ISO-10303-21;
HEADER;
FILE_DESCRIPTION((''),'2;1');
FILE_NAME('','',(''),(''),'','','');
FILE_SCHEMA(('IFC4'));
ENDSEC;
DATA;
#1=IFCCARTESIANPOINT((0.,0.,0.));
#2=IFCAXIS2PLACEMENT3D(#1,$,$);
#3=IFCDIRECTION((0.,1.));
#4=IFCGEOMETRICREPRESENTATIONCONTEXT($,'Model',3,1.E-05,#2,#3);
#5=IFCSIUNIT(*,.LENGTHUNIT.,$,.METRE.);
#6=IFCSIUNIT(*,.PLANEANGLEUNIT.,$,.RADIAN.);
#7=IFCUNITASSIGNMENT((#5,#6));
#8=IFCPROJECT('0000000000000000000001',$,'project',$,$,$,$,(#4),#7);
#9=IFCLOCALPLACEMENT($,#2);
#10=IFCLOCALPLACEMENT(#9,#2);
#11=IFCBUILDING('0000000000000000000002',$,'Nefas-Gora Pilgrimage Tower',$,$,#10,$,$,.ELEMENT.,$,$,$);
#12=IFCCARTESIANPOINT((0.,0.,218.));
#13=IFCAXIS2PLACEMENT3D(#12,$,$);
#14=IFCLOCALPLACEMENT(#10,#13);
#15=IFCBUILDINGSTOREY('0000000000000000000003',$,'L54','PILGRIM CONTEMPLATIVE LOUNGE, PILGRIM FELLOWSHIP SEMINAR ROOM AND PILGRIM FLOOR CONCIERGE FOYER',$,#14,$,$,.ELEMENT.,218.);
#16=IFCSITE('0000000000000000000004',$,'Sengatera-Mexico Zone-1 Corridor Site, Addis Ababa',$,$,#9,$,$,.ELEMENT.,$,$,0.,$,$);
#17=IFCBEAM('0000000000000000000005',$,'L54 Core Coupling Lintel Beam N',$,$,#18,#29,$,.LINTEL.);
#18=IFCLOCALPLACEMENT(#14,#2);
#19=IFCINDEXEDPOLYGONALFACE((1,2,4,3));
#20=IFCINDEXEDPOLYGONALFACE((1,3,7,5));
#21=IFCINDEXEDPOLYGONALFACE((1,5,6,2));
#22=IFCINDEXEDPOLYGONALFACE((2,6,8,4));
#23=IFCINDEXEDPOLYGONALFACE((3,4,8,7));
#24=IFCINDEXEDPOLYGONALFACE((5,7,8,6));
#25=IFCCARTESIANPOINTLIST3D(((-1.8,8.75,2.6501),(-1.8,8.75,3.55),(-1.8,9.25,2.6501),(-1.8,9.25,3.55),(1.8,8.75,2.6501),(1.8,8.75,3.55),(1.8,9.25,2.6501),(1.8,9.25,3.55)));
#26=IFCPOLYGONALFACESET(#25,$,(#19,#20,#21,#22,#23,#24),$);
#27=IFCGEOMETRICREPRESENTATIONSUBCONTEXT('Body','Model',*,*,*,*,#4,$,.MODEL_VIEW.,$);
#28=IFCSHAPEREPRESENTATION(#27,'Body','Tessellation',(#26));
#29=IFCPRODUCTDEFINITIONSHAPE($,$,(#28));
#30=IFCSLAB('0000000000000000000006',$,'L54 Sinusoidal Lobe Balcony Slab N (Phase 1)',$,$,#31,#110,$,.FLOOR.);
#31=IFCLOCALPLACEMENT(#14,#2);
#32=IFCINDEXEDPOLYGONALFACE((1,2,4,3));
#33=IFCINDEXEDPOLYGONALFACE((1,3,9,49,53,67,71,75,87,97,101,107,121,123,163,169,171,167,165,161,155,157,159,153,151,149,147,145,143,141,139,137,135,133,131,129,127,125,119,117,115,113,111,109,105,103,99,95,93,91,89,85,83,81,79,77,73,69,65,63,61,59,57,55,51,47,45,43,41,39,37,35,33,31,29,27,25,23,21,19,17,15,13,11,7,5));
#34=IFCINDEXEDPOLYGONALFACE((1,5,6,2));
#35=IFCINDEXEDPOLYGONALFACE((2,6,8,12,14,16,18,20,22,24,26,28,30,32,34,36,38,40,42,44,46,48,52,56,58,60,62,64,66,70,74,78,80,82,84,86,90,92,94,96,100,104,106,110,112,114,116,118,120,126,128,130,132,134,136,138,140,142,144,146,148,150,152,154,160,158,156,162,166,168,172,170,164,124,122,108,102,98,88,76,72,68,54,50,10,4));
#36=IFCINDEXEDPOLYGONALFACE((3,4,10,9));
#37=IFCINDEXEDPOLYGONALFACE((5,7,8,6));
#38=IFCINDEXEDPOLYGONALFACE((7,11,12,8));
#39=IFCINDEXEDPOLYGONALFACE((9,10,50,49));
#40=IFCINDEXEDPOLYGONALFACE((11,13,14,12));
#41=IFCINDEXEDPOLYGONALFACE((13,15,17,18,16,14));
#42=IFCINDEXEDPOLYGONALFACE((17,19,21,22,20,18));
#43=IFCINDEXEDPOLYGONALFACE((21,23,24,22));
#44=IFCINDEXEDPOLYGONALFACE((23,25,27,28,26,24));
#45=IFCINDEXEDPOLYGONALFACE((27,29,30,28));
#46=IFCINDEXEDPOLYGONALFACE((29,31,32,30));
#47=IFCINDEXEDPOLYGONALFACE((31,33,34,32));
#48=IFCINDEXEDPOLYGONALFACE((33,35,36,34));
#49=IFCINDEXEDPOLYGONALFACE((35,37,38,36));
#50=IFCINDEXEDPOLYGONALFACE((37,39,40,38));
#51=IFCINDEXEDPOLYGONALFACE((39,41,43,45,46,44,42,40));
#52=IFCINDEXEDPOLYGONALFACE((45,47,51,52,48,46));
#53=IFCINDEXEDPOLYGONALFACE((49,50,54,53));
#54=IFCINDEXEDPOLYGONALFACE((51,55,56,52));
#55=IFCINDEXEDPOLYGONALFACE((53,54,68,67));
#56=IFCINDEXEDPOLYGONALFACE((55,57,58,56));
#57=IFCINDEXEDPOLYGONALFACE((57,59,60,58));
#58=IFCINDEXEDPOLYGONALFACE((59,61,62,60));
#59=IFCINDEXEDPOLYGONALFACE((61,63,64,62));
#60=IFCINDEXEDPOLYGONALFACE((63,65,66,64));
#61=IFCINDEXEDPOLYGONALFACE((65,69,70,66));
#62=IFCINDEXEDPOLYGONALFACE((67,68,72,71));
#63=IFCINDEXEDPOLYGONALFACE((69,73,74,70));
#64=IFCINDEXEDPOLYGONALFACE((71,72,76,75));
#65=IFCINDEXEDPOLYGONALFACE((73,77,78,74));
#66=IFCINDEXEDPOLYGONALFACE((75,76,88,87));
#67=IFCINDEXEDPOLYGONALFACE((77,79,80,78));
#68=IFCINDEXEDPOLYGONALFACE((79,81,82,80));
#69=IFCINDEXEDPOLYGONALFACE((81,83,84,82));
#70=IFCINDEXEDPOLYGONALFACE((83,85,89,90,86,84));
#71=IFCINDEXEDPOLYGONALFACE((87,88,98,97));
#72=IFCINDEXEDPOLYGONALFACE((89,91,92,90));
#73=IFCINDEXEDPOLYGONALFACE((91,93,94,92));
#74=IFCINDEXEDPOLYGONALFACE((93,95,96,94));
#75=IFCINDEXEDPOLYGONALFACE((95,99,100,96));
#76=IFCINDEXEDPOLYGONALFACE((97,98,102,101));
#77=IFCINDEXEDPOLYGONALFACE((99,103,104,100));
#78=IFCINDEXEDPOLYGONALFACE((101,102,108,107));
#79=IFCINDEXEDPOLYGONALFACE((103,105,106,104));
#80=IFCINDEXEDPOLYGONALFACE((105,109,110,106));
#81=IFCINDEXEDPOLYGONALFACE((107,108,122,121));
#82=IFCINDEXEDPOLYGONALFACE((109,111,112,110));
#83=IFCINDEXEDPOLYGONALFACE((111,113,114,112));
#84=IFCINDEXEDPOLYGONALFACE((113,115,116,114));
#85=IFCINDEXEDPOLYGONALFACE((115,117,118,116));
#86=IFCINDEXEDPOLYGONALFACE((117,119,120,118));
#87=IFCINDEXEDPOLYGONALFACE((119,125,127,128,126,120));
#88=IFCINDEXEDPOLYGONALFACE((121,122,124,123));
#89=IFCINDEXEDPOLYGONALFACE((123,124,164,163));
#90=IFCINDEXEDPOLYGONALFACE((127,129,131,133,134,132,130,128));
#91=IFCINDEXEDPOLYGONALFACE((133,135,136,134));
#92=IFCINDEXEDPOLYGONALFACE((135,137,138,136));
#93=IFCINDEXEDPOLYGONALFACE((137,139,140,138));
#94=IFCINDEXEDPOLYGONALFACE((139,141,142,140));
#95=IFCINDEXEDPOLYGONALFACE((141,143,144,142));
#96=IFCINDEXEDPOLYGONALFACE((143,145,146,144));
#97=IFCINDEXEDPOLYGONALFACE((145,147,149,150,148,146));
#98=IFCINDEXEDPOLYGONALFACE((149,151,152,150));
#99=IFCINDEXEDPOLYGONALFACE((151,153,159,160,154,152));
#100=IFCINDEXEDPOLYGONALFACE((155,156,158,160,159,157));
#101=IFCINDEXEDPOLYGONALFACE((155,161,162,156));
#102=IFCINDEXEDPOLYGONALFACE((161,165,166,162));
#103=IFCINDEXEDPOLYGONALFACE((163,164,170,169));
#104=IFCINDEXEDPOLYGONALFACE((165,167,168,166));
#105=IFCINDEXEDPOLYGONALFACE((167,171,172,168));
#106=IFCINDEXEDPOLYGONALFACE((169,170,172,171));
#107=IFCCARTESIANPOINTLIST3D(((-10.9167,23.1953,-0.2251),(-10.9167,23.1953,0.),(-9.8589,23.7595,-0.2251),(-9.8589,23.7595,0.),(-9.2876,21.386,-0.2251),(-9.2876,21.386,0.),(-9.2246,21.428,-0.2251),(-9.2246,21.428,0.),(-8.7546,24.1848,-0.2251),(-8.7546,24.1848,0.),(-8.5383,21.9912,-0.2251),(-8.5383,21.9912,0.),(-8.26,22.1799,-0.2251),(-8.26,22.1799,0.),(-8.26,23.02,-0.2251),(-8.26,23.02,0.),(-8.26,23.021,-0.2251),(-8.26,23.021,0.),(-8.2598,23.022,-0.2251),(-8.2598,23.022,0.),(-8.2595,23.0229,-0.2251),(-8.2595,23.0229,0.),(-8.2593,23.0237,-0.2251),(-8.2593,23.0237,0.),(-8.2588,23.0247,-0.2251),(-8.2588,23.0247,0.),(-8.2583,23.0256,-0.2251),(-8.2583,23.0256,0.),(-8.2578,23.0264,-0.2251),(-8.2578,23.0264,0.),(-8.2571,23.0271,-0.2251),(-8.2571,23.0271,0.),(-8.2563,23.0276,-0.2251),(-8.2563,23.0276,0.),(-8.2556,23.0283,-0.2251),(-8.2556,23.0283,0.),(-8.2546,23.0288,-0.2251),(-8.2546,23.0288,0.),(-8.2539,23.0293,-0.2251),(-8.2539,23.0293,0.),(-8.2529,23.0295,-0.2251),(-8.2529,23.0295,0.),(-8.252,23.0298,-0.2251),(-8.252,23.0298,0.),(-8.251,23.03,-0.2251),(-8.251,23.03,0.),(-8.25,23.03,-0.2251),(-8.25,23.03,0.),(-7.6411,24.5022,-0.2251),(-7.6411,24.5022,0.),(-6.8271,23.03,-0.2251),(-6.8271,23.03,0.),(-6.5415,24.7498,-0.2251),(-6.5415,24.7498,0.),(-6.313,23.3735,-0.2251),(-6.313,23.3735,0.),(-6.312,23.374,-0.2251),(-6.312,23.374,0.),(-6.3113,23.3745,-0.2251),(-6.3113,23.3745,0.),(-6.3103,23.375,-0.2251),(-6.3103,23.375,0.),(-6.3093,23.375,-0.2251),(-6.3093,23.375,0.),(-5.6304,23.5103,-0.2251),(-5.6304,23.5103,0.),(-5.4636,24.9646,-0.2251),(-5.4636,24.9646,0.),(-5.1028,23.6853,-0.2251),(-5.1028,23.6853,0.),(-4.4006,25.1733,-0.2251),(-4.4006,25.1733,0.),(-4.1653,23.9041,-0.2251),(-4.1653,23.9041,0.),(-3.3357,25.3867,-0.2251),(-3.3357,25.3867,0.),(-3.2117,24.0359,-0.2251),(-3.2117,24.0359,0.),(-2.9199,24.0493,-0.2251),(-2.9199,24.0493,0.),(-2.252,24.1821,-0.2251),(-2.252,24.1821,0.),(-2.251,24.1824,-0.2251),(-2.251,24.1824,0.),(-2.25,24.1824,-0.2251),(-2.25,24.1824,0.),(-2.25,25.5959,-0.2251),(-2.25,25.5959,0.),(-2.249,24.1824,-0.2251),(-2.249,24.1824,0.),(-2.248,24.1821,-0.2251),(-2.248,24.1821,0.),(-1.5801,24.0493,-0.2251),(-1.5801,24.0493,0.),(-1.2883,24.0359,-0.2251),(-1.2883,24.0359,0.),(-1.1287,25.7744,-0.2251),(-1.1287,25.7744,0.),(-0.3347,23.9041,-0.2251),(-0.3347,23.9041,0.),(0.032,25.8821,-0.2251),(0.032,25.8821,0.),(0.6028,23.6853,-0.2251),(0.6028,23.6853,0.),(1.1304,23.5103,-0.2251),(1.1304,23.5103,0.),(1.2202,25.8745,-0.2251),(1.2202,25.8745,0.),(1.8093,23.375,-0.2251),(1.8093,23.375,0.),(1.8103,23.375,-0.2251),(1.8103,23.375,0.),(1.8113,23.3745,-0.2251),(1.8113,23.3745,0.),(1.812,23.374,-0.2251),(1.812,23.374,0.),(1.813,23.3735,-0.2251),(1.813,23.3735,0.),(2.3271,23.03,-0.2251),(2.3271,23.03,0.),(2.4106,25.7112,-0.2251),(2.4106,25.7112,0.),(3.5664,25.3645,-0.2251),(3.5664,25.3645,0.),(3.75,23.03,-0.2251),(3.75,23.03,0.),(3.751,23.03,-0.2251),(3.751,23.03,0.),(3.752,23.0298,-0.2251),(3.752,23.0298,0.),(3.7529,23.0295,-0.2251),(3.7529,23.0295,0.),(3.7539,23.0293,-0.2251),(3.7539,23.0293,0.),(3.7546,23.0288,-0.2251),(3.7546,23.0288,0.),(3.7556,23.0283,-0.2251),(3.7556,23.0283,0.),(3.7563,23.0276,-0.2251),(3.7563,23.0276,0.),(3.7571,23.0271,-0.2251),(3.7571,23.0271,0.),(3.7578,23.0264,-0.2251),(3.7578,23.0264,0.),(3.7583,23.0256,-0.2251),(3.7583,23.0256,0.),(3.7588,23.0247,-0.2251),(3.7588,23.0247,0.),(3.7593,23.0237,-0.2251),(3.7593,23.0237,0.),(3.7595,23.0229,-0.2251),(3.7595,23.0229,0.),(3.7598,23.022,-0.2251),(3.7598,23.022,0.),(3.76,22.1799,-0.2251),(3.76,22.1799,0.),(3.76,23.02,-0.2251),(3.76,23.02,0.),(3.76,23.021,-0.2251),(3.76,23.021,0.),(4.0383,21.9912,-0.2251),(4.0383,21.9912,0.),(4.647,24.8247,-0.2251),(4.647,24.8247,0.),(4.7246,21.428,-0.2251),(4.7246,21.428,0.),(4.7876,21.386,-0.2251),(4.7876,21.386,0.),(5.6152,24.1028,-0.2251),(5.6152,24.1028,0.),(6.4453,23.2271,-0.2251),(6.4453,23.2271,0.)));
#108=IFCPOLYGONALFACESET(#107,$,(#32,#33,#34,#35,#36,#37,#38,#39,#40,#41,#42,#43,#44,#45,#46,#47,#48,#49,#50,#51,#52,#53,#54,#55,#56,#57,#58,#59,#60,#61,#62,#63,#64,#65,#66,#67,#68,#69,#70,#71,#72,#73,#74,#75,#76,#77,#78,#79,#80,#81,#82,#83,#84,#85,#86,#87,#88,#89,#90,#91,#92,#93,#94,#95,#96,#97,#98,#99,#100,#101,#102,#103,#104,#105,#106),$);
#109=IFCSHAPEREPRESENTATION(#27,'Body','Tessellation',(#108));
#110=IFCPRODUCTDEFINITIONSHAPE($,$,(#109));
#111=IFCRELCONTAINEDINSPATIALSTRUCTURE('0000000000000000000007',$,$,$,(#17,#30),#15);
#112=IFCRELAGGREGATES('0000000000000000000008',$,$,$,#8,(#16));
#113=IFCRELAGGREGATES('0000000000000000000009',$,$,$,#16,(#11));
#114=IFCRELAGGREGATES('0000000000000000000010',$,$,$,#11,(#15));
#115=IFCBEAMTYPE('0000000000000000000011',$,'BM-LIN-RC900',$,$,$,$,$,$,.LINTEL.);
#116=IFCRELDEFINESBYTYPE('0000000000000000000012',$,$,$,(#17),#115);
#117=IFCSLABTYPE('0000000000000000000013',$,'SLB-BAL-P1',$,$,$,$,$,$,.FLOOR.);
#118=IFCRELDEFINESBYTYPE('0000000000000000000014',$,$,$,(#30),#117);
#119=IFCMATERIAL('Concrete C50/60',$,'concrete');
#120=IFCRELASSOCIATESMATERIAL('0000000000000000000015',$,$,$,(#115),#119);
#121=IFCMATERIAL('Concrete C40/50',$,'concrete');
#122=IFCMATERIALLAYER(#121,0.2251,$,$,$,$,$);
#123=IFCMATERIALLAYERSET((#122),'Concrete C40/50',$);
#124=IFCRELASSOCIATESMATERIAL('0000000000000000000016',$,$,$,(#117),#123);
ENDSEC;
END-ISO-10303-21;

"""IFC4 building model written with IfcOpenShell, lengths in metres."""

from ifc_helpers import new_model, si_unit, direction, frame, origin, origin_2d, place, context, subcontext, project, spatial, polyline, rectangle, outline, extrude, source, transform, mapped, material, layer, layer_set, material_profile, profile_set, type_object, element, save


model = new_model("IFC4")

# Units and contexts
model_context = context("Model", 3, precision=1e-05, world=origin(), true_north=direction((0.0, 1.0)))
body_context = subcontext(model_context, "Body", "Model", "MODEL_VIEW")
ifc_project = project(units=[si_unit("LENGTHUNIT", "METRE"), si_unit("PLANEANGLEUNIT", "RADIAN")], contexts=[model_context])

# Site, building, storey
site_placement = place(None, origin())
site = spatial("IfcSite", under=ifc_project, at=site_placement, Name="Sengatera-Mexico Zone-1 Corridor Site, Addis Ababa", CompositionType="ELEMENT", RefElevation=0.0)
building_placement = place(site_placement, origin())
building = spatial("IfcBuilding", under=site, at=building_placement, Name="Nefas-Gora Pilgrimage Tower", CompositionType="ELEMENT")
storey_placement = place(building_placement, frame((0.0, 0.0, 218.0)))
storey = spatial("IfcBuildingStorey", under=building, at=storey_placement, Name="L54", Description="PILGRIM CONTEMPLATIVE LOUNGE, PILGRIM FELLOWSHIP SEMINAR ROOM AND PILGRIM FLOOR CONCIERGE FOYER", CompositionType="ELEMENT", Elevation=218.0)

# Beam
ifc_material_1 = material(Name="Concrete C50/60", Category="concrete")
ifc_material_profile = material_profile(ifc_material_1, rectangle(XDim=0.5, YDim=0.8999, at=origin_2d()), Name="RC 500x900")
ifc_profile_set = profile_set([ifc_material_profile], Name="Concrete C50/60")
beam_type = type_object("IfcBeamType", Name="BM-LIN-RC900", PredefinedType="LINTEL", material=ifc_profile_set)
shared_shape_1 = source(origin(), body_context, "Body", "SweptSolid", [
    extrude(rectangle(XDim=0.5, YDim=0.8999, at=origin_2d()), origin(), (0.0, 0.0, 1.0), 3.6001),
])
beam_placement = place(storey_placement, frame((-1.8, 9.0, 3.1001), z_axis=(1.0, 0.0, 0.0), x_axis=(0.0, 1.0, 0.0)))
element("IfcBeam", 1, at=beam_placement, inside=storey, type_object=beam_type, Name="L54 Core Coupling Lintel Beam N", PredefinedType="LINTEL", context=body_context, shape_type="MappedRepresentation", body=[
    mapped(shared_shape_1, transform((0.0, 0.0, 0.0), x_axis=(1.0, 0.0, 0.0), y_axis=(0.0, 1.0, 0.0), z_axis=(0.0, 0.0, 1.0), scale=1.0)),
])

# Slab
ifc_material_2 = material(Name="Concrete C40/50", Category="concrete")
ifc_layer_1 = layer(ifc_material_2, 0.2251)
ifc_layer_set_1 = layer_set([ifc_layer_1], Name="Concrete C40/50")
slab_type_1 = type_object("IfcSlabType", Name="SLB-BAL-P1", PredefinedType="FLOOR", material=ifc_layer_set_1)
slab_1_placement = place(storey_placement, frame((0.0, 0.0, -0.2251)))
element("IfcSlab", 2, at=slab_1_placement, inside=storey, type_object=slab_type_1, Name="L54 Sinusoidal Lobe Balcony Slab N (Phase 1)", PredefinedType="FLOOR", context=body_context, shape_type="SweptSolid", body=[
    extrude(outline(polyline([(-9.2876, 21.386), (-9.2246, 21.428), (-8.5383, 21.9912), (-8.26, 22.1799), (-8.26, 23.02), (-8.26, 23.021), (-8.2598, 23.022), (-8.2595, 23.0229), (-8.2593, 23.0237), (-8.2588, 23.0247), (-8.2583, 23.0256), (-8.2578, 23.0264), (-8.2571, 23.0271), (-8.2563, 23.0276), (-8.2556, 23.0283), (-8.2546, 23.0288), (-8.2539, 23.0293), (-8.2529, 23.0295), (-8.252, 23.0298), (-8.251, 23.03), (-8.25, 23.03), (-6.8271, 23.03), (-6.313, 23.3735), (-6.312, 23.374), (-6.3113, 23.3745), (-6.3103, 23.375), (-6.3093, 23.375), (-5.6304, 23.5103), (-5.1028, 23.6853), (-4.1653, 23.9041), (-3.2117, 24.0359), (-2.9199, 24.0493), (-2.252, 24.1821), (-2.251, 24.1824), (-2.25, 24.1824), (-2.249, 24.1824), (-2.248, 24.1821), (-1.5801, 24.0493), (-1.2883, 24.0359), (-0.3347, 23.9041), (0.6028, 23.6853), (1.1304, 23.5103), (1.8093, 23.375), (1.8103, 23.375), (1.8113, 23.3745), (1.812, 23.374), (1.813, 23.3735), (2.3271, 23.03), (3.75, 23.03), (3.751, 23.03), (3.752, 23.0298), (3.7529, 23.0295), (3.7539, 23.0293), (3.7546, 23.0288), (3.7556, 23.0283), (3.7563, 23.0276), (3.7571, 23.0271), (3.7578, 23.0264), (3.7583, 23.0256), (3.7588, 23.0247), (3.7593, 23.0237), (3.7595, 23.0229), (3.7598, 23.022), (3.76, 23.021), (3.76, 23.02), (3.76, 22.1799), (4.0383, 21.9912), (4.7246, 21.428), (4.7876, 21.386), (6.4453, 23.2271), (5.6152, 24.1028), (4.647, 24.8247), (3.5664, 25.3645), (2.4106, 25.7112), (1.2202, 25.8745), (0.032, 25.8821), (-1.1287, 25.7744), (-2.25, 25.5959), (-3.3357, 25.3867), (-4.4006, 25.1733), (-5.4636, 24.9646), (-6.5415, 24.7498), (-7.6411, 24.5022), (-8.7546, 24.1848), (-9.8589, 23.7595), (-10.9167, 23.1953), (-9.2876, 21.386)])), origin(), (0.0, 0.0, 1.0), 0.2251),
])

save(model, "model.ifc")
